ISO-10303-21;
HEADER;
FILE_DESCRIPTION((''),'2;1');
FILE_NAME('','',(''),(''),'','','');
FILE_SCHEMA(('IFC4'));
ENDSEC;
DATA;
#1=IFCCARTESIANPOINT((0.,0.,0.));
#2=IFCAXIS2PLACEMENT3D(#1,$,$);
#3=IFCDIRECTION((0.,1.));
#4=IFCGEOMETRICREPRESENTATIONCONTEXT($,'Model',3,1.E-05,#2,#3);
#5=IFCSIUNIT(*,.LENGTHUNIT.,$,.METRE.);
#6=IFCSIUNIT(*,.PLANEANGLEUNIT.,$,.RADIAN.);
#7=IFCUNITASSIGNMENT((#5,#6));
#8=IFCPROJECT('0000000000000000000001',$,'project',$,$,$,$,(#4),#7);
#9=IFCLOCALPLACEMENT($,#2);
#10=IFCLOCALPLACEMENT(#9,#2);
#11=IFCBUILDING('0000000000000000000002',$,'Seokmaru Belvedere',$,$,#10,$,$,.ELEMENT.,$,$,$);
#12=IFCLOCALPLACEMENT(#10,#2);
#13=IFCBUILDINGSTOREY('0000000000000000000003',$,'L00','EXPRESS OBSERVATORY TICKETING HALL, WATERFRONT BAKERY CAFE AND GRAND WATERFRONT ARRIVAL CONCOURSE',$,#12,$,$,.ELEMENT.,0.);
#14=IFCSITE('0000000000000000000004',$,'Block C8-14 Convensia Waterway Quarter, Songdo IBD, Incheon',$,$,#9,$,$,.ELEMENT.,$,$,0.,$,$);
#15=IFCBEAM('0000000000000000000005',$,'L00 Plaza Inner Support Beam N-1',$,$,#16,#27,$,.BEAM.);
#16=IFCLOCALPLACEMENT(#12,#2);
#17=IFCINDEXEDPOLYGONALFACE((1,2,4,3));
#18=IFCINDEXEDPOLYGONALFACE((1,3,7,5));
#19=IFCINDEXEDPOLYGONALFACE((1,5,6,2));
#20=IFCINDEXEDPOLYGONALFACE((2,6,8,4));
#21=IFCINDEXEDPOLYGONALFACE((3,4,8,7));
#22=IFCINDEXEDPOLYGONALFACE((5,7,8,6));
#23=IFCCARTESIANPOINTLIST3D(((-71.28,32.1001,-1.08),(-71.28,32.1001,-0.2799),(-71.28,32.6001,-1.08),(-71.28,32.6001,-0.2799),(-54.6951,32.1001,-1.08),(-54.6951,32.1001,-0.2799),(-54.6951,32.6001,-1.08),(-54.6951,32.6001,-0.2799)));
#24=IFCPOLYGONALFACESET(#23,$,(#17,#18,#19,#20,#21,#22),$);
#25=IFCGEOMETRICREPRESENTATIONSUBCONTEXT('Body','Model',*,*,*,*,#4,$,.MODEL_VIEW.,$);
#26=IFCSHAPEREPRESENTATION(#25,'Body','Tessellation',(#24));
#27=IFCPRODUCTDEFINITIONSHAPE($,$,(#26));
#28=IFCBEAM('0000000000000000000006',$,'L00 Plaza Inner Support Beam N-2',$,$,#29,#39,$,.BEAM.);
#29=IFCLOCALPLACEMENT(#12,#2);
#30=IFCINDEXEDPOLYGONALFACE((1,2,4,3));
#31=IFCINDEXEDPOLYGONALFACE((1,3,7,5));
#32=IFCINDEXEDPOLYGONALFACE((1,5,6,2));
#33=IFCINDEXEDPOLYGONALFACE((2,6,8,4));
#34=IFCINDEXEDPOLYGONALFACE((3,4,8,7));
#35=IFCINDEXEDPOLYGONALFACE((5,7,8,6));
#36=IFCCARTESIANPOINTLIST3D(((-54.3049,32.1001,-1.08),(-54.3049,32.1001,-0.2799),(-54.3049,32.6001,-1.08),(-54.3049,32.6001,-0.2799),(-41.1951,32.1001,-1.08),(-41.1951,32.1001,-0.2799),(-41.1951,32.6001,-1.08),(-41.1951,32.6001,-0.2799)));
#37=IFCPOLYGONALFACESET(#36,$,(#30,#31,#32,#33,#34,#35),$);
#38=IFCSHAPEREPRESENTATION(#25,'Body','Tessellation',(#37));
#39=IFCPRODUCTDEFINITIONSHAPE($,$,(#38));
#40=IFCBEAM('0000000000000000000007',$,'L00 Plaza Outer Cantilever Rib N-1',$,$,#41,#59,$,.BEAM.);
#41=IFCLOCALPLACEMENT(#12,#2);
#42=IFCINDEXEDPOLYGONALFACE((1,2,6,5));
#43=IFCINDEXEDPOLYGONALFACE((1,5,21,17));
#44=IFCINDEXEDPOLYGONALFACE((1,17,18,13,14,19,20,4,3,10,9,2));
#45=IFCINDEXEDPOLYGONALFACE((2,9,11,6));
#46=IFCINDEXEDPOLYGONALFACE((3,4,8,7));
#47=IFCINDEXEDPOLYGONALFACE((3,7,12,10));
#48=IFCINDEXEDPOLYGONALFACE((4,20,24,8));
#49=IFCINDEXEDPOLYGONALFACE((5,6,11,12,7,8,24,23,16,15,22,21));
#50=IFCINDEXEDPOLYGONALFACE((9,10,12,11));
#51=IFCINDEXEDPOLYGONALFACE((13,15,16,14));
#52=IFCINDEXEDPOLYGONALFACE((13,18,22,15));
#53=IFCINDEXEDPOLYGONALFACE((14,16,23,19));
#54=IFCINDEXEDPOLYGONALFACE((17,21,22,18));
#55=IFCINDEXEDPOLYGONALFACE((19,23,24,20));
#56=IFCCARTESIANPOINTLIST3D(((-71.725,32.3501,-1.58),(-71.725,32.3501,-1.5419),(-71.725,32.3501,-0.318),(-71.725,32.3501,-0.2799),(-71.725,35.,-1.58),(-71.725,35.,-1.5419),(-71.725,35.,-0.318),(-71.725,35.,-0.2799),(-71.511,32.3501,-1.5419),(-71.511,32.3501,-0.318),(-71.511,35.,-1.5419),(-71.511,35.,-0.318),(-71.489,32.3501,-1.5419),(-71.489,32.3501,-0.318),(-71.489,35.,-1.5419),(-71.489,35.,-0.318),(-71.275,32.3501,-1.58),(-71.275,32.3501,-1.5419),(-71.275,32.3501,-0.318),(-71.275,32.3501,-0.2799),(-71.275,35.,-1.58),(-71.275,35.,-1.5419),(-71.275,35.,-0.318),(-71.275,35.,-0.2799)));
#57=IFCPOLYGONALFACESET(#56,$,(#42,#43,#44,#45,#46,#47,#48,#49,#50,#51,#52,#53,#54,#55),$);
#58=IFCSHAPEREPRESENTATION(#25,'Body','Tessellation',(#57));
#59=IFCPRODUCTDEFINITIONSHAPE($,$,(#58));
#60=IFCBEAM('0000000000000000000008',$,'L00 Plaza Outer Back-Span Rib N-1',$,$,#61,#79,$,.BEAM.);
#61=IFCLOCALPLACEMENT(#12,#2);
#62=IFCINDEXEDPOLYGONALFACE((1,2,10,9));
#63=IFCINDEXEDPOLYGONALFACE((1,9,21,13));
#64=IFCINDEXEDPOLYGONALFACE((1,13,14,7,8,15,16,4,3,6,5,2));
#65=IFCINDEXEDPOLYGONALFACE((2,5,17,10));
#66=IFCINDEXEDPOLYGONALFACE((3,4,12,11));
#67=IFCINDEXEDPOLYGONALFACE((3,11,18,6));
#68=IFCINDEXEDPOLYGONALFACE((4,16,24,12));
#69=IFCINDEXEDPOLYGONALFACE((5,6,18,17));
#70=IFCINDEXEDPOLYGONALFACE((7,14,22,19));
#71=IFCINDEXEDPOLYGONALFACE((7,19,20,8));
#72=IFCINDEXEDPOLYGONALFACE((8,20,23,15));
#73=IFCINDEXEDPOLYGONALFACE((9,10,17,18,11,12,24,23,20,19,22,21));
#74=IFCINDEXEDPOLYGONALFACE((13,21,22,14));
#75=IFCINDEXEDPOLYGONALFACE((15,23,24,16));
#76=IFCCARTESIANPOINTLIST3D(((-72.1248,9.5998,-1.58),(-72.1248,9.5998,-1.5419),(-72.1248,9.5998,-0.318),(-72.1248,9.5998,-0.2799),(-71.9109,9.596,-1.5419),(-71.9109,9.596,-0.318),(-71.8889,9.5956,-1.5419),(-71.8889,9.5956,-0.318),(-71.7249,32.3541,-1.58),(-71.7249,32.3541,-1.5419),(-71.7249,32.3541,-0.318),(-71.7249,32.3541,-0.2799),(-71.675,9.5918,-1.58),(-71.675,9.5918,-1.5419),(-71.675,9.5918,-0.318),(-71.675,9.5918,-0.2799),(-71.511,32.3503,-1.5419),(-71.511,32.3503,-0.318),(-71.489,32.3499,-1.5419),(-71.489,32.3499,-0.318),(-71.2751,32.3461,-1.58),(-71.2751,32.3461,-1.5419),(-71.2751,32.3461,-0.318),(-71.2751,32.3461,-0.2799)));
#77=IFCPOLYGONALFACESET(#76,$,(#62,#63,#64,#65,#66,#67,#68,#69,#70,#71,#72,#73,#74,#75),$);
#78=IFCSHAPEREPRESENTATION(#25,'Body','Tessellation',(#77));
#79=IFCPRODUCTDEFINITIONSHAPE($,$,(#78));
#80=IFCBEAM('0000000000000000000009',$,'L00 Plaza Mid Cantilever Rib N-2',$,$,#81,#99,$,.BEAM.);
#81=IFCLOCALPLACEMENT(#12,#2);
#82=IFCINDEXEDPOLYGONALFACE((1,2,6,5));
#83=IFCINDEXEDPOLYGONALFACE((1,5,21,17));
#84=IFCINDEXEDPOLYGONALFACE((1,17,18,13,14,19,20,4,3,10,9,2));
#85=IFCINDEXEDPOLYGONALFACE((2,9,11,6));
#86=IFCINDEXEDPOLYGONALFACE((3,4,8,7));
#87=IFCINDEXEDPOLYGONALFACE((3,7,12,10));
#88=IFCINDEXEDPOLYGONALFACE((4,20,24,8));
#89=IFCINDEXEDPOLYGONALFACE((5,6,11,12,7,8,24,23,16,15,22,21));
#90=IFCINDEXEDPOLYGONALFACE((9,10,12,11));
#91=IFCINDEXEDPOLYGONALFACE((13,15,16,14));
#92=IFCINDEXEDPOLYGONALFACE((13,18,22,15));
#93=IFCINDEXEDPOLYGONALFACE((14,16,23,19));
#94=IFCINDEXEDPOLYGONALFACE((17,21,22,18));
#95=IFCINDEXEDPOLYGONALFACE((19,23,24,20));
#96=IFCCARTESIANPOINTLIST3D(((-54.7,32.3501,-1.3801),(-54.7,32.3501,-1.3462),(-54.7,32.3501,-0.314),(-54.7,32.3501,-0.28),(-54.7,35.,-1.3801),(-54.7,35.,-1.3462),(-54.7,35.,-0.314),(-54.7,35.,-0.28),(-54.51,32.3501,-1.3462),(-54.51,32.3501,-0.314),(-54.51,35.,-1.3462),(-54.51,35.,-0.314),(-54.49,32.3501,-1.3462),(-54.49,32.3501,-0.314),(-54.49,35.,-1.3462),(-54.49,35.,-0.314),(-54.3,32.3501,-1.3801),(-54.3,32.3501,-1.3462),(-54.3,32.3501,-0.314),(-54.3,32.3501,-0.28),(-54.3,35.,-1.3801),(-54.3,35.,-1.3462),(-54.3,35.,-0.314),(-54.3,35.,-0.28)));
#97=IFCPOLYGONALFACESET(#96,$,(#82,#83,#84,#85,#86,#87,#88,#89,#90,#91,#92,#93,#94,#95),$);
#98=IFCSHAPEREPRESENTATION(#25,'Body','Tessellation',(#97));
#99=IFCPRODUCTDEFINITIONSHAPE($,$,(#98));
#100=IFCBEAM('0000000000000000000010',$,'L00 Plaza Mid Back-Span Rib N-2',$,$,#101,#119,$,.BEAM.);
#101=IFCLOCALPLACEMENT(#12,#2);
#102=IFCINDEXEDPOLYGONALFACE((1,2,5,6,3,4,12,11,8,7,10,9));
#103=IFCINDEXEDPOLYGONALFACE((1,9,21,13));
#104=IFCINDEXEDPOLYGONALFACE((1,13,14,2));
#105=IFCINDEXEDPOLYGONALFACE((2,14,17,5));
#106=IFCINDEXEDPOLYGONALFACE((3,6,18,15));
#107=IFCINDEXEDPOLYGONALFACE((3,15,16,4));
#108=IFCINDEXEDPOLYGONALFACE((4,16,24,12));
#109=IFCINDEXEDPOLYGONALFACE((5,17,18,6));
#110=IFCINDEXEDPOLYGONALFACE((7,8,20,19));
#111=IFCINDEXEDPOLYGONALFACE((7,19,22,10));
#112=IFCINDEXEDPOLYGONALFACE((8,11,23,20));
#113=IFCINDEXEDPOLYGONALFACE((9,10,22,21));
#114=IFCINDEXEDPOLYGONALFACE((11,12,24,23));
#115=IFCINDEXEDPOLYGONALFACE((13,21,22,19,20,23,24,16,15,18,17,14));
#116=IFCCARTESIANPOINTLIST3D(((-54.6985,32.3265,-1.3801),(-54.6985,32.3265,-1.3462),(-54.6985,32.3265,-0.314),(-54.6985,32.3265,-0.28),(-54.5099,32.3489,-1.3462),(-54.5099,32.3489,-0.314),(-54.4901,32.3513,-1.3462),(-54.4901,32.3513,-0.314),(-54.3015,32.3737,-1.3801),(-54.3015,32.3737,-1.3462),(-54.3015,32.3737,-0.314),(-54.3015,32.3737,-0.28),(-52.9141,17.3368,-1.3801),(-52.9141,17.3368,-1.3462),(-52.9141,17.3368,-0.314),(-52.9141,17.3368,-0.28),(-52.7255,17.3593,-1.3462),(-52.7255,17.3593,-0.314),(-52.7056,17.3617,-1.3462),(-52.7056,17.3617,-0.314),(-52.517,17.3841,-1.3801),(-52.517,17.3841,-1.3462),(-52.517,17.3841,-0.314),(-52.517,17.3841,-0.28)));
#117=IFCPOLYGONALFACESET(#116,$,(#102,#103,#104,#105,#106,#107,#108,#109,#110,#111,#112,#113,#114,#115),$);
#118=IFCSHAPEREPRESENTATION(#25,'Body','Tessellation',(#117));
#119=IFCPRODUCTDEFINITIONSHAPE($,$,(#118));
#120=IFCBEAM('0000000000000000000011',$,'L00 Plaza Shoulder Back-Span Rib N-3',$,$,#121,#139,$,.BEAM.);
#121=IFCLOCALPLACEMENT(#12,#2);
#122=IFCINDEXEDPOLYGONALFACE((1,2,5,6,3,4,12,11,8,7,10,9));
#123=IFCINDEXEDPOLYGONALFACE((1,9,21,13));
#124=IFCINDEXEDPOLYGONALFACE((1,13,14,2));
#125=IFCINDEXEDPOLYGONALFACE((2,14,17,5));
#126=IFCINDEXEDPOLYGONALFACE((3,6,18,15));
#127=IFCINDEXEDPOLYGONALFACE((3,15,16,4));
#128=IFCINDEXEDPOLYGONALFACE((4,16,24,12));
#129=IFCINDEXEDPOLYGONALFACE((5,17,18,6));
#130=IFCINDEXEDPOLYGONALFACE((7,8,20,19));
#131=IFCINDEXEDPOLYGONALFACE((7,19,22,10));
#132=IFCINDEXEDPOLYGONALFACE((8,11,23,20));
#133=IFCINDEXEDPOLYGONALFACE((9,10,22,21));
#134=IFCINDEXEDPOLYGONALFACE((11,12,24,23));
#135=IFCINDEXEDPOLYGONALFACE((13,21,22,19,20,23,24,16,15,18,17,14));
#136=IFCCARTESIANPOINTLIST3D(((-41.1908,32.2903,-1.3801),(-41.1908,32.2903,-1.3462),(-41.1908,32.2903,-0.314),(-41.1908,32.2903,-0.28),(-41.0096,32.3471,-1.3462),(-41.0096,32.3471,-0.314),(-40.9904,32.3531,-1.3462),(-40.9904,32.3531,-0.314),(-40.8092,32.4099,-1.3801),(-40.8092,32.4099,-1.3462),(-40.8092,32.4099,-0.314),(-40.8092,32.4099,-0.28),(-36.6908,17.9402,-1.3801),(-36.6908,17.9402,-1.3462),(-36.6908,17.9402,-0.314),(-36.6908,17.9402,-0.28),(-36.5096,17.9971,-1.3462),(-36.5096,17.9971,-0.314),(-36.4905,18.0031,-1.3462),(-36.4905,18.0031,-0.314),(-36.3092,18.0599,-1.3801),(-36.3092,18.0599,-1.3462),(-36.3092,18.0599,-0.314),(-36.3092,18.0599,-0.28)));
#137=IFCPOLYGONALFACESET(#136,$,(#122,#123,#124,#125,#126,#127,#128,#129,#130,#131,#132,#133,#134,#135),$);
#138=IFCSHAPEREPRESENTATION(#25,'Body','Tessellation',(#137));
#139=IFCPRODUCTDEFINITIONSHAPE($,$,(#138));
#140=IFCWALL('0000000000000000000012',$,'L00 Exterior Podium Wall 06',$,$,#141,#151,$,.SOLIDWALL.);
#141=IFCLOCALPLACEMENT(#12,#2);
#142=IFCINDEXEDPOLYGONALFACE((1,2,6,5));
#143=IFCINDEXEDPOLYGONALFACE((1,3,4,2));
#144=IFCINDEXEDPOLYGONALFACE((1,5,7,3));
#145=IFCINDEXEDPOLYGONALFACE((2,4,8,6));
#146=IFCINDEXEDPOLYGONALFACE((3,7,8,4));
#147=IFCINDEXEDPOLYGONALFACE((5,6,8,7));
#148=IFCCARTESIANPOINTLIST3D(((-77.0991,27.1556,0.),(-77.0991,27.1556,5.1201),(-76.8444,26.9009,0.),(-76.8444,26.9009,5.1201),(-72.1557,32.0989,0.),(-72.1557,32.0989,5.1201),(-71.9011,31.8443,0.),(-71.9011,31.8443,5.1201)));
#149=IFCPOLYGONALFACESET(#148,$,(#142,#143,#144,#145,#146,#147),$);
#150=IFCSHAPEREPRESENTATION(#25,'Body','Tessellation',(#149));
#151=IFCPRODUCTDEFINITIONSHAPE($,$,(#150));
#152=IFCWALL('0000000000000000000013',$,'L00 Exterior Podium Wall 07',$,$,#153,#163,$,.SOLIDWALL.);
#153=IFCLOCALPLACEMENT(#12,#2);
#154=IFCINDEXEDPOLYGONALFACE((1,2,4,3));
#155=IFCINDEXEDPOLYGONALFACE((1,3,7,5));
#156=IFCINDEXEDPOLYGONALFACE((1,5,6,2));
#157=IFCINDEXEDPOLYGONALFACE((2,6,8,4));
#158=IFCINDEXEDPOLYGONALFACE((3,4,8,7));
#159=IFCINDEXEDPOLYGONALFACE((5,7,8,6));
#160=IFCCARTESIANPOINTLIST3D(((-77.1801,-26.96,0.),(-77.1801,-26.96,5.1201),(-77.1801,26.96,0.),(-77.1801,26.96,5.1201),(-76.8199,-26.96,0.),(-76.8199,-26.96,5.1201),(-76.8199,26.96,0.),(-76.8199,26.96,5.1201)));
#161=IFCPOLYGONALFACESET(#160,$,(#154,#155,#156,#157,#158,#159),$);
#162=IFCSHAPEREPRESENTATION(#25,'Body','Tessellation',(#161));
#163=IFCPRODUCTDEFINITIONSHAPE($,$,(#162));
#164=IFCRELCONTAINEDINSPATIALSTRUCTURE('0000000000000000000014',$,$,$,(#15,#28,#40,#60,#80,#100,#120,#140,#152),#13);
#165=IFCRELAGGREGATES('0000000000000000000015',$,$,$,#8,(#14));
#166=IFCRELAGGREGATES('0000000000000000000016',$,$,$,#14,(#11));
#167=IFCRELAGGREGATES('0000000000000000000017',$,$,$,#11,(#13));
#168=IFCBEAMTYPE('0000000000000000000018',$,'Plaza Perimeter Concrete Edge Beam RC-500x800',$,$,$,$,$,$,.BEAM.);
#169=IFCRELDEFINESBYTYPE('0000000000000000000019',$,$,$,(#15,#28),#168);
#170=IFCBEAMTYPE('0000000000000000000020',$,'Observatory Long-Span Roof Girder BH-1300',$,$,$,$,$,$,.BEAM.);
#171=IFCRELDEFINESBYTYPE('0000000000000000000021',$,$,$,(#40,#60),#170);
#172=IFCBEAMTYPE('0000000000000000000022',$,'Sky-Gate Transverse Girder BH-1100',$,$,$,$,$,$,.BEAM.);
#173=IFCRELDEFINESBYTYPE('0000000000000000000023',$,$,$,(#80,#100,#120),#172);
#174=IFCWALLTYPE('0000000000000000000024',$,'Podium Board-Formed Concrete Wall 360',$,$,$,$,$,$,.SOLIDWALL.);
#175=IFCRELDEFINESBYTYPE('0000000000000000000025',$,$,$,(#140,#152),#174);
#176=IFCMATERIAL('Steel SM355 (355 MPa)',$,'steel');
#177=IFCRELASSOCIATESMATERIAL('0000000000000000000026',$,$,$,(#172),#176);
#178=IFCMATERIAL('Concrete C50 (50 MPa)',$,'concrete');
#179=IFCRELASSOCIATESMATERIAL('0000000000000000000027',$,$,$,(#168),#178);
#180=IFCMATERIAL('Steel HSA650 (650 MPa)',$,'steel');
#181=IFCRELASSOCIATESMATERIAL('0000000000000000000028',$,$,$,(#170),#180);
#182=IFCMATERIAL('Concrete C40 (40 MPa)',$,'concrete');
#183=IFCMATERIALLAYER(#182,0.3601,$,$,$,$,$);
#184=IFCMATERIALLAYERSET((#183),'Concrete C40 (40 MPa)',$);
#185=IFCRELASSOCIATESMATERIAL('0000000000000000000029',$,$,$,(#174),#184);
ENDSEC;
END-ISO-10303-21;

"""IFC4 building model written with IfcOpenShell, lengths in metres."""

from ifc_helpers import new_model, si_unit, direction, frame, frame_2d, origin, origin_2d, place, context, subcontext, project, spatial, rectangle, i_section, extrude, source, transform, mapped, material, layer, layer_set, material_profile, profile_set, type_object, type_shapes, element, save


model = new_model("IFC4")

# Units and contexts
model_context = context("Model", 3, precision=1e-05, world=origin(), true_north=direction((0.0, 1.0)))
body_context = subcontext(model_context, "Body", "Model", "MODEL_VIEW")
ifc_project = project(units=[si_unit("LENGTHUNIT", "METRE"), si_unit("PLANEANGLEUNIT", "RADIAN")], contexts=[model_context])

# Site, building, storey
site_placement = place(None, origin())
site = spatial("IfcSite", under=ifc_project, at=site_placement, Name="Block C8-14 Convensia Waterway Quarter, Songdo IBD, Incheon", CompositionType="ELEMENT", RefElevation=0.0)
building_placement = place(site_placement, origin())
building = spatial("IfcBuilding", under=site, at=building_placement, Name="Seokmaru Belvedere", CompositionType="ELEMENT")
storey_placement = place(building_placement, origin())
storey = spatial("IfcBuildingStorey", under=building, at=storey_placement, Name="L00", Description="EXPRESS OBSERVATORY TICKETING HALL, WATERFRONT BAKERY CAFE AND GRAND WATERFRONT ARRIVAL CONCOURSE", CompositionType="ELEMENT", Elevation=0.0)

# Shared definitions
ifc_material_1 = material(Name="Steel HSA650 (650 MPa)", Category="steel")
ifc_material_2 = material(Name="Steel SM355 (355 MPa)", Category="steel")

# Beams
ifc_material_profile_1 = material_profile(ifc_material_2, i_section(OverallWidth=0.3999, OverallDepth=1.1001, WebThickness=0.02, FlangeThickness=0.0339, at=origin_2d()), Name="BH-1100x400x20x34")
ifc_profile_set_1 = profile_set([ifc_material_profile_1], Name="Steel SM355 (355 MPa)")
beam_type_1 = type_object("IfcBeamType", Name="Sky-Gate Transverse Girder BH-1100", PredefinedType="BEAM", material=ifc_profile_set_1)
ifc_material_3 = material(Name="Concrete C50 (50 MPa)", Category="concrete")
ifc_material_profile_2 = material_profile(ifc_material_3, rectangle(XDim=0.5, YDim=0.8, at=origin_2d()), Name="RC-500x800")
ifc_profile_set_2 = profile_set([ifc_material_profile_2], Name="Concrete C50 (50 MPa)")
beam_type_2 = type_object("IfcBeamType", Name="Plaza Perimeter Concrete Edge Beam RC-500x800", PredefinedType="BEAM", material=ifc_profile_set_2)
shared_shape_1 = source(origin(), body_context, "Body", "SweptSolid", [
    extrude(rectangle(XDim=0.5, YDim=0.8, at=origin_2d()), origin(), (0.0, 0.0, 1.0), 16.585),
])
beam_1_placement = place(storey_placement, frame((-71.28, 32.3501, -0.6799), z_axis=(1.0, 0.0, 0.0), x_axis=(0.0, 1.0, 0.0)))
element("IfcBeam", 1, at=beam_1_placement, inside=storey, type_object=beam_type_2, Name="L00 Plaza Inner Support Beam N-1", PredefinedType="BEAM", context=body_context, shape_type="MappedRepresentation", body=[
    mapped(shared_shape_1, transform((0.0, 0.0, 0.0), scale=1.0)),
])
shared_shape_2 = source(origin(), body_context, "Body", "SweptSolid", [
    extrude(rectangle(XDim=0.5, YDim=0.8, at=origin_2d()), origin(), (0.0, 0.0, 1.0), 13.1099),
])
beam_2_placement = place(storey_placement, frame((-54.3049, 32.3501, -0.6799), z_axis=(1.0, 0.0, 0.0), x_axis=(0.0, 1.0, 0.0)))
element("IfcBeam", 2, at=beam_2_placement, inside=storey, type_object=beam_type_2, Name="L00 Plaza Inner Support Beam N-2", PredefinedType="BEAM", context=body_context, shape_type="MappedRepresentation", body=[
    mapped(shared_shape_2, transform((0.0, 0.0, 0.0), scale=1.0)),
])
ifc_material_profile_3 = material_profile(ifc_material_1, i_section(OverallWidth=0.45, OverallDepth=1.3, WebThickness=0.022, FlangeThickness=0.0381, at=origin_2d()), Name="BH-1300x450x22x38")
ifc_profile_set_3 = profile_set([ifc_material_profile_3], Name="Steel HSA650 (650 MPa)")
beam_type_3 = type_object("IfcBeamType", Name="Observatory Long-Span Roof Girder BH-1300", PredefinedType="BEAM", material=ifc_profile_set_3)
shared_shape_3 = source(origin(), body_context, "Body", "SweptSolid", [
    extrude(i_section(OverallWidth=0.45, OverallDepth=1.3, WebThickness=0.022, FlangeThickness=0.0381, at=origin_2d()), origin(), (0.0, 0.0, 1.0), 2.6499),
])
beam_3_placement = place(storey_placement, frame((-71.5, 35.0, -0.9299), z_axis=(0.0, -1.0, 0.0), x_axis=(1.0, 0.0, 0.0)))
element("IfcBeam", 3, at=beam_3_placement, inside=storey, type_object=beam_type_3, Name="L00 Plaza Outer Cantilever Rib N-1", PredefinedType="BEAM", context=body_context, shape_type="MappedRepresentation", body=[
    mapped(shared_shape_3, transform((0.0, 0.0, 0.0), scale=1.0)),
])
shared_shape_4 = source(origin(), body_context, "Body", "SweptSolid", [
    extrude(i_section(OverallWidth=0.45, OverallDepth=1.3, WebThickness=0.022, FlangeThickness=0.0381, at=origin_2d()), origin(), (0.0, 0.0, 1.0), 22.7578),
])
type_shapes(beam_type_3, [shared_shape_3, shared_shape_4])
beam_4_placement = place(storey_placement, frame((-71.5, 32.3501, -0.9299), z_axis=(-0.017572, -0.999846, 0.0), x_axis=(0.999846, -0.017572, 0.0)))
element("IfcBeam", 4, at=beam_4_placement, inside=storey, type_object=beam_type_3, Name="L00 Plaza Outer Back-Span Rib N-1", PredefinedType="BEAM", context=body_context, shape_type="MappedRepresentation", body=[
    mapped(shared_shape_4, transform((0.0, 0.0, 0.0), scale=1.0)),
])
shared_shape_5 = source(origin(), body_context, "Body", "SweptSolid", [
    extrude(i_section(OverallWidth=0.3999, OverallDepth=1.1001, WebThickness=0.02, FlangeThickness=0.0339, at=origin_2d()), origin(), (0.0, 0.0, 1.0), 2.6499),
])
beam_5_placement = place(storey_placement, frame((-54.5, 35.0, -0.8301), z_axis=(0.0, -1.0, 0.0), x_axis=(1.0, 0.0, 0.0)))
element("IfcBeam", 5, at=beam_5_placement, inside=storey, type_object=beam_type_1, Name="L00 Plaza Mid Cantilever Rib N-2", PredefinedType="BEAM", context=body_context, shape_type="MappedRepresentation", body=[
    mapped(shared_shape_5, transform((0.0, 0.0, 0.0), scale=1.0)),
])
shared_shape_6 = source(origin(), body_context, "Body", "SweptSolid", [
    extrude(i_section(OverallWidth=0.3999, OverallDepth=1.1001, WebThickness=0.02, FlangeThickness=0.0339, at=origin_2d()), origin(), (0.0, 0.0, 1.0), 15.0955),
])
beam_6_placement = place(storey_placement, frame((-54.5, 32.3501, -0.8301), z_axis=(0.11821, -0.992989, 0.0), x_axis=(0.992989, 0.11821, 0.0)))
element("IfcBeam", 6, at=beam_6_placement, inside=storey, type_object=beam_type_1, Name="L00 Plaza Mid Back-Span Rib N-2", PredefinedType="BEAM", context=body_context, shape_type="MappedRepresentation", body=[
    mapped(shared_shape_6, transform((0.0, 0.0, 0.0), scale=1.0)),
])
shared_shape_7 = source(origin(), body_context, "Body", "SweptSolid", [
    extrude(i_section(OverallWidth=0.3999, OverallDepth=1.1001, WebThickness=0.02, FlangeThickness=0.0339, at=origin_2d()), origin(), (0.0, 0.0, 1.0), 15.0391),
])
beam_7_placement = place(storey_placement, frame((-41.0, 32.3501, -0.8301), z_axis=(0.29922, -0.954184, 0.0), x_axis=(0.954184, 0.29922, 0.0)))
element("IfcBeam", 7, at=beam_7_placement, inside=storey, type_object=beam_type_1, Name="L00 Plaza Shoulder Back-Span Rib N-3", PredefinedType="BEAM", context=body_context, shape_type="MappedRepresentation", body=[
    mapped(shared_shape_7, transform((0.0, 0.0, 0.0), scale=1.0)),
])

# Walls
ifc_material_4 = material(Name="Concrete C40 (40 MPa)", Category="concrete")
ifc_layer = layer(ifc_material_4, 0.3601)
ifc_layer_set = layer_set([ifc_layer], Name="Concrete C40 (40 MPa)")
wall_type = type_object("IfcWallType", Name="Podium Board-Formed Concrete Wall 360", PredefinedType="SOLIDWALL", material=ifc_layer_set)
wall_1_placement = place(storey_placement, frame((-72.0283, 31.9717, 0.0), z_axis=(0.0, 0.0, 1.0), x_axis=(-0.707107, -0.707107, 0.0)))
element("IfcWall", 8, at=wall_1_placement, inside=storey, type_object=wall_type, Name="L00 Exterior Podium Wall 06", PredefinedType="SOLIDWALL", context=body_context, shape_type="SweptSolid", body=[
    extrude(rectangle(XDim=6.991, YDim=0.3601, at=frame_2d((3.4956, 0.0))), origin(), (0.0, 0.0, 1.0), 5.1201),
])
wall_2_placement = place(storey_placement, frame((-77.0, 26.96, 0.0), z_axis=(0.0, 0.0, 1.0), x_axis=(0.0, -1.0, 0.0)))
element("IfcWall", 9, at=wall_2_placement, inside=storey, type_object=wall_type, Name="L00 Exterior Podium Wall 07", PredefinedType="SOLIDWALL", context=body_context, shape_type="SweptSolid", body=[
    extrude(rectangle(XDim=53.9199, YDim=0.3601, at=frame_2d((26.96, 0.0))), origin(), (0.0, 0.0, 1.0), 5.1201),
])

save(model, "model.ifc")
